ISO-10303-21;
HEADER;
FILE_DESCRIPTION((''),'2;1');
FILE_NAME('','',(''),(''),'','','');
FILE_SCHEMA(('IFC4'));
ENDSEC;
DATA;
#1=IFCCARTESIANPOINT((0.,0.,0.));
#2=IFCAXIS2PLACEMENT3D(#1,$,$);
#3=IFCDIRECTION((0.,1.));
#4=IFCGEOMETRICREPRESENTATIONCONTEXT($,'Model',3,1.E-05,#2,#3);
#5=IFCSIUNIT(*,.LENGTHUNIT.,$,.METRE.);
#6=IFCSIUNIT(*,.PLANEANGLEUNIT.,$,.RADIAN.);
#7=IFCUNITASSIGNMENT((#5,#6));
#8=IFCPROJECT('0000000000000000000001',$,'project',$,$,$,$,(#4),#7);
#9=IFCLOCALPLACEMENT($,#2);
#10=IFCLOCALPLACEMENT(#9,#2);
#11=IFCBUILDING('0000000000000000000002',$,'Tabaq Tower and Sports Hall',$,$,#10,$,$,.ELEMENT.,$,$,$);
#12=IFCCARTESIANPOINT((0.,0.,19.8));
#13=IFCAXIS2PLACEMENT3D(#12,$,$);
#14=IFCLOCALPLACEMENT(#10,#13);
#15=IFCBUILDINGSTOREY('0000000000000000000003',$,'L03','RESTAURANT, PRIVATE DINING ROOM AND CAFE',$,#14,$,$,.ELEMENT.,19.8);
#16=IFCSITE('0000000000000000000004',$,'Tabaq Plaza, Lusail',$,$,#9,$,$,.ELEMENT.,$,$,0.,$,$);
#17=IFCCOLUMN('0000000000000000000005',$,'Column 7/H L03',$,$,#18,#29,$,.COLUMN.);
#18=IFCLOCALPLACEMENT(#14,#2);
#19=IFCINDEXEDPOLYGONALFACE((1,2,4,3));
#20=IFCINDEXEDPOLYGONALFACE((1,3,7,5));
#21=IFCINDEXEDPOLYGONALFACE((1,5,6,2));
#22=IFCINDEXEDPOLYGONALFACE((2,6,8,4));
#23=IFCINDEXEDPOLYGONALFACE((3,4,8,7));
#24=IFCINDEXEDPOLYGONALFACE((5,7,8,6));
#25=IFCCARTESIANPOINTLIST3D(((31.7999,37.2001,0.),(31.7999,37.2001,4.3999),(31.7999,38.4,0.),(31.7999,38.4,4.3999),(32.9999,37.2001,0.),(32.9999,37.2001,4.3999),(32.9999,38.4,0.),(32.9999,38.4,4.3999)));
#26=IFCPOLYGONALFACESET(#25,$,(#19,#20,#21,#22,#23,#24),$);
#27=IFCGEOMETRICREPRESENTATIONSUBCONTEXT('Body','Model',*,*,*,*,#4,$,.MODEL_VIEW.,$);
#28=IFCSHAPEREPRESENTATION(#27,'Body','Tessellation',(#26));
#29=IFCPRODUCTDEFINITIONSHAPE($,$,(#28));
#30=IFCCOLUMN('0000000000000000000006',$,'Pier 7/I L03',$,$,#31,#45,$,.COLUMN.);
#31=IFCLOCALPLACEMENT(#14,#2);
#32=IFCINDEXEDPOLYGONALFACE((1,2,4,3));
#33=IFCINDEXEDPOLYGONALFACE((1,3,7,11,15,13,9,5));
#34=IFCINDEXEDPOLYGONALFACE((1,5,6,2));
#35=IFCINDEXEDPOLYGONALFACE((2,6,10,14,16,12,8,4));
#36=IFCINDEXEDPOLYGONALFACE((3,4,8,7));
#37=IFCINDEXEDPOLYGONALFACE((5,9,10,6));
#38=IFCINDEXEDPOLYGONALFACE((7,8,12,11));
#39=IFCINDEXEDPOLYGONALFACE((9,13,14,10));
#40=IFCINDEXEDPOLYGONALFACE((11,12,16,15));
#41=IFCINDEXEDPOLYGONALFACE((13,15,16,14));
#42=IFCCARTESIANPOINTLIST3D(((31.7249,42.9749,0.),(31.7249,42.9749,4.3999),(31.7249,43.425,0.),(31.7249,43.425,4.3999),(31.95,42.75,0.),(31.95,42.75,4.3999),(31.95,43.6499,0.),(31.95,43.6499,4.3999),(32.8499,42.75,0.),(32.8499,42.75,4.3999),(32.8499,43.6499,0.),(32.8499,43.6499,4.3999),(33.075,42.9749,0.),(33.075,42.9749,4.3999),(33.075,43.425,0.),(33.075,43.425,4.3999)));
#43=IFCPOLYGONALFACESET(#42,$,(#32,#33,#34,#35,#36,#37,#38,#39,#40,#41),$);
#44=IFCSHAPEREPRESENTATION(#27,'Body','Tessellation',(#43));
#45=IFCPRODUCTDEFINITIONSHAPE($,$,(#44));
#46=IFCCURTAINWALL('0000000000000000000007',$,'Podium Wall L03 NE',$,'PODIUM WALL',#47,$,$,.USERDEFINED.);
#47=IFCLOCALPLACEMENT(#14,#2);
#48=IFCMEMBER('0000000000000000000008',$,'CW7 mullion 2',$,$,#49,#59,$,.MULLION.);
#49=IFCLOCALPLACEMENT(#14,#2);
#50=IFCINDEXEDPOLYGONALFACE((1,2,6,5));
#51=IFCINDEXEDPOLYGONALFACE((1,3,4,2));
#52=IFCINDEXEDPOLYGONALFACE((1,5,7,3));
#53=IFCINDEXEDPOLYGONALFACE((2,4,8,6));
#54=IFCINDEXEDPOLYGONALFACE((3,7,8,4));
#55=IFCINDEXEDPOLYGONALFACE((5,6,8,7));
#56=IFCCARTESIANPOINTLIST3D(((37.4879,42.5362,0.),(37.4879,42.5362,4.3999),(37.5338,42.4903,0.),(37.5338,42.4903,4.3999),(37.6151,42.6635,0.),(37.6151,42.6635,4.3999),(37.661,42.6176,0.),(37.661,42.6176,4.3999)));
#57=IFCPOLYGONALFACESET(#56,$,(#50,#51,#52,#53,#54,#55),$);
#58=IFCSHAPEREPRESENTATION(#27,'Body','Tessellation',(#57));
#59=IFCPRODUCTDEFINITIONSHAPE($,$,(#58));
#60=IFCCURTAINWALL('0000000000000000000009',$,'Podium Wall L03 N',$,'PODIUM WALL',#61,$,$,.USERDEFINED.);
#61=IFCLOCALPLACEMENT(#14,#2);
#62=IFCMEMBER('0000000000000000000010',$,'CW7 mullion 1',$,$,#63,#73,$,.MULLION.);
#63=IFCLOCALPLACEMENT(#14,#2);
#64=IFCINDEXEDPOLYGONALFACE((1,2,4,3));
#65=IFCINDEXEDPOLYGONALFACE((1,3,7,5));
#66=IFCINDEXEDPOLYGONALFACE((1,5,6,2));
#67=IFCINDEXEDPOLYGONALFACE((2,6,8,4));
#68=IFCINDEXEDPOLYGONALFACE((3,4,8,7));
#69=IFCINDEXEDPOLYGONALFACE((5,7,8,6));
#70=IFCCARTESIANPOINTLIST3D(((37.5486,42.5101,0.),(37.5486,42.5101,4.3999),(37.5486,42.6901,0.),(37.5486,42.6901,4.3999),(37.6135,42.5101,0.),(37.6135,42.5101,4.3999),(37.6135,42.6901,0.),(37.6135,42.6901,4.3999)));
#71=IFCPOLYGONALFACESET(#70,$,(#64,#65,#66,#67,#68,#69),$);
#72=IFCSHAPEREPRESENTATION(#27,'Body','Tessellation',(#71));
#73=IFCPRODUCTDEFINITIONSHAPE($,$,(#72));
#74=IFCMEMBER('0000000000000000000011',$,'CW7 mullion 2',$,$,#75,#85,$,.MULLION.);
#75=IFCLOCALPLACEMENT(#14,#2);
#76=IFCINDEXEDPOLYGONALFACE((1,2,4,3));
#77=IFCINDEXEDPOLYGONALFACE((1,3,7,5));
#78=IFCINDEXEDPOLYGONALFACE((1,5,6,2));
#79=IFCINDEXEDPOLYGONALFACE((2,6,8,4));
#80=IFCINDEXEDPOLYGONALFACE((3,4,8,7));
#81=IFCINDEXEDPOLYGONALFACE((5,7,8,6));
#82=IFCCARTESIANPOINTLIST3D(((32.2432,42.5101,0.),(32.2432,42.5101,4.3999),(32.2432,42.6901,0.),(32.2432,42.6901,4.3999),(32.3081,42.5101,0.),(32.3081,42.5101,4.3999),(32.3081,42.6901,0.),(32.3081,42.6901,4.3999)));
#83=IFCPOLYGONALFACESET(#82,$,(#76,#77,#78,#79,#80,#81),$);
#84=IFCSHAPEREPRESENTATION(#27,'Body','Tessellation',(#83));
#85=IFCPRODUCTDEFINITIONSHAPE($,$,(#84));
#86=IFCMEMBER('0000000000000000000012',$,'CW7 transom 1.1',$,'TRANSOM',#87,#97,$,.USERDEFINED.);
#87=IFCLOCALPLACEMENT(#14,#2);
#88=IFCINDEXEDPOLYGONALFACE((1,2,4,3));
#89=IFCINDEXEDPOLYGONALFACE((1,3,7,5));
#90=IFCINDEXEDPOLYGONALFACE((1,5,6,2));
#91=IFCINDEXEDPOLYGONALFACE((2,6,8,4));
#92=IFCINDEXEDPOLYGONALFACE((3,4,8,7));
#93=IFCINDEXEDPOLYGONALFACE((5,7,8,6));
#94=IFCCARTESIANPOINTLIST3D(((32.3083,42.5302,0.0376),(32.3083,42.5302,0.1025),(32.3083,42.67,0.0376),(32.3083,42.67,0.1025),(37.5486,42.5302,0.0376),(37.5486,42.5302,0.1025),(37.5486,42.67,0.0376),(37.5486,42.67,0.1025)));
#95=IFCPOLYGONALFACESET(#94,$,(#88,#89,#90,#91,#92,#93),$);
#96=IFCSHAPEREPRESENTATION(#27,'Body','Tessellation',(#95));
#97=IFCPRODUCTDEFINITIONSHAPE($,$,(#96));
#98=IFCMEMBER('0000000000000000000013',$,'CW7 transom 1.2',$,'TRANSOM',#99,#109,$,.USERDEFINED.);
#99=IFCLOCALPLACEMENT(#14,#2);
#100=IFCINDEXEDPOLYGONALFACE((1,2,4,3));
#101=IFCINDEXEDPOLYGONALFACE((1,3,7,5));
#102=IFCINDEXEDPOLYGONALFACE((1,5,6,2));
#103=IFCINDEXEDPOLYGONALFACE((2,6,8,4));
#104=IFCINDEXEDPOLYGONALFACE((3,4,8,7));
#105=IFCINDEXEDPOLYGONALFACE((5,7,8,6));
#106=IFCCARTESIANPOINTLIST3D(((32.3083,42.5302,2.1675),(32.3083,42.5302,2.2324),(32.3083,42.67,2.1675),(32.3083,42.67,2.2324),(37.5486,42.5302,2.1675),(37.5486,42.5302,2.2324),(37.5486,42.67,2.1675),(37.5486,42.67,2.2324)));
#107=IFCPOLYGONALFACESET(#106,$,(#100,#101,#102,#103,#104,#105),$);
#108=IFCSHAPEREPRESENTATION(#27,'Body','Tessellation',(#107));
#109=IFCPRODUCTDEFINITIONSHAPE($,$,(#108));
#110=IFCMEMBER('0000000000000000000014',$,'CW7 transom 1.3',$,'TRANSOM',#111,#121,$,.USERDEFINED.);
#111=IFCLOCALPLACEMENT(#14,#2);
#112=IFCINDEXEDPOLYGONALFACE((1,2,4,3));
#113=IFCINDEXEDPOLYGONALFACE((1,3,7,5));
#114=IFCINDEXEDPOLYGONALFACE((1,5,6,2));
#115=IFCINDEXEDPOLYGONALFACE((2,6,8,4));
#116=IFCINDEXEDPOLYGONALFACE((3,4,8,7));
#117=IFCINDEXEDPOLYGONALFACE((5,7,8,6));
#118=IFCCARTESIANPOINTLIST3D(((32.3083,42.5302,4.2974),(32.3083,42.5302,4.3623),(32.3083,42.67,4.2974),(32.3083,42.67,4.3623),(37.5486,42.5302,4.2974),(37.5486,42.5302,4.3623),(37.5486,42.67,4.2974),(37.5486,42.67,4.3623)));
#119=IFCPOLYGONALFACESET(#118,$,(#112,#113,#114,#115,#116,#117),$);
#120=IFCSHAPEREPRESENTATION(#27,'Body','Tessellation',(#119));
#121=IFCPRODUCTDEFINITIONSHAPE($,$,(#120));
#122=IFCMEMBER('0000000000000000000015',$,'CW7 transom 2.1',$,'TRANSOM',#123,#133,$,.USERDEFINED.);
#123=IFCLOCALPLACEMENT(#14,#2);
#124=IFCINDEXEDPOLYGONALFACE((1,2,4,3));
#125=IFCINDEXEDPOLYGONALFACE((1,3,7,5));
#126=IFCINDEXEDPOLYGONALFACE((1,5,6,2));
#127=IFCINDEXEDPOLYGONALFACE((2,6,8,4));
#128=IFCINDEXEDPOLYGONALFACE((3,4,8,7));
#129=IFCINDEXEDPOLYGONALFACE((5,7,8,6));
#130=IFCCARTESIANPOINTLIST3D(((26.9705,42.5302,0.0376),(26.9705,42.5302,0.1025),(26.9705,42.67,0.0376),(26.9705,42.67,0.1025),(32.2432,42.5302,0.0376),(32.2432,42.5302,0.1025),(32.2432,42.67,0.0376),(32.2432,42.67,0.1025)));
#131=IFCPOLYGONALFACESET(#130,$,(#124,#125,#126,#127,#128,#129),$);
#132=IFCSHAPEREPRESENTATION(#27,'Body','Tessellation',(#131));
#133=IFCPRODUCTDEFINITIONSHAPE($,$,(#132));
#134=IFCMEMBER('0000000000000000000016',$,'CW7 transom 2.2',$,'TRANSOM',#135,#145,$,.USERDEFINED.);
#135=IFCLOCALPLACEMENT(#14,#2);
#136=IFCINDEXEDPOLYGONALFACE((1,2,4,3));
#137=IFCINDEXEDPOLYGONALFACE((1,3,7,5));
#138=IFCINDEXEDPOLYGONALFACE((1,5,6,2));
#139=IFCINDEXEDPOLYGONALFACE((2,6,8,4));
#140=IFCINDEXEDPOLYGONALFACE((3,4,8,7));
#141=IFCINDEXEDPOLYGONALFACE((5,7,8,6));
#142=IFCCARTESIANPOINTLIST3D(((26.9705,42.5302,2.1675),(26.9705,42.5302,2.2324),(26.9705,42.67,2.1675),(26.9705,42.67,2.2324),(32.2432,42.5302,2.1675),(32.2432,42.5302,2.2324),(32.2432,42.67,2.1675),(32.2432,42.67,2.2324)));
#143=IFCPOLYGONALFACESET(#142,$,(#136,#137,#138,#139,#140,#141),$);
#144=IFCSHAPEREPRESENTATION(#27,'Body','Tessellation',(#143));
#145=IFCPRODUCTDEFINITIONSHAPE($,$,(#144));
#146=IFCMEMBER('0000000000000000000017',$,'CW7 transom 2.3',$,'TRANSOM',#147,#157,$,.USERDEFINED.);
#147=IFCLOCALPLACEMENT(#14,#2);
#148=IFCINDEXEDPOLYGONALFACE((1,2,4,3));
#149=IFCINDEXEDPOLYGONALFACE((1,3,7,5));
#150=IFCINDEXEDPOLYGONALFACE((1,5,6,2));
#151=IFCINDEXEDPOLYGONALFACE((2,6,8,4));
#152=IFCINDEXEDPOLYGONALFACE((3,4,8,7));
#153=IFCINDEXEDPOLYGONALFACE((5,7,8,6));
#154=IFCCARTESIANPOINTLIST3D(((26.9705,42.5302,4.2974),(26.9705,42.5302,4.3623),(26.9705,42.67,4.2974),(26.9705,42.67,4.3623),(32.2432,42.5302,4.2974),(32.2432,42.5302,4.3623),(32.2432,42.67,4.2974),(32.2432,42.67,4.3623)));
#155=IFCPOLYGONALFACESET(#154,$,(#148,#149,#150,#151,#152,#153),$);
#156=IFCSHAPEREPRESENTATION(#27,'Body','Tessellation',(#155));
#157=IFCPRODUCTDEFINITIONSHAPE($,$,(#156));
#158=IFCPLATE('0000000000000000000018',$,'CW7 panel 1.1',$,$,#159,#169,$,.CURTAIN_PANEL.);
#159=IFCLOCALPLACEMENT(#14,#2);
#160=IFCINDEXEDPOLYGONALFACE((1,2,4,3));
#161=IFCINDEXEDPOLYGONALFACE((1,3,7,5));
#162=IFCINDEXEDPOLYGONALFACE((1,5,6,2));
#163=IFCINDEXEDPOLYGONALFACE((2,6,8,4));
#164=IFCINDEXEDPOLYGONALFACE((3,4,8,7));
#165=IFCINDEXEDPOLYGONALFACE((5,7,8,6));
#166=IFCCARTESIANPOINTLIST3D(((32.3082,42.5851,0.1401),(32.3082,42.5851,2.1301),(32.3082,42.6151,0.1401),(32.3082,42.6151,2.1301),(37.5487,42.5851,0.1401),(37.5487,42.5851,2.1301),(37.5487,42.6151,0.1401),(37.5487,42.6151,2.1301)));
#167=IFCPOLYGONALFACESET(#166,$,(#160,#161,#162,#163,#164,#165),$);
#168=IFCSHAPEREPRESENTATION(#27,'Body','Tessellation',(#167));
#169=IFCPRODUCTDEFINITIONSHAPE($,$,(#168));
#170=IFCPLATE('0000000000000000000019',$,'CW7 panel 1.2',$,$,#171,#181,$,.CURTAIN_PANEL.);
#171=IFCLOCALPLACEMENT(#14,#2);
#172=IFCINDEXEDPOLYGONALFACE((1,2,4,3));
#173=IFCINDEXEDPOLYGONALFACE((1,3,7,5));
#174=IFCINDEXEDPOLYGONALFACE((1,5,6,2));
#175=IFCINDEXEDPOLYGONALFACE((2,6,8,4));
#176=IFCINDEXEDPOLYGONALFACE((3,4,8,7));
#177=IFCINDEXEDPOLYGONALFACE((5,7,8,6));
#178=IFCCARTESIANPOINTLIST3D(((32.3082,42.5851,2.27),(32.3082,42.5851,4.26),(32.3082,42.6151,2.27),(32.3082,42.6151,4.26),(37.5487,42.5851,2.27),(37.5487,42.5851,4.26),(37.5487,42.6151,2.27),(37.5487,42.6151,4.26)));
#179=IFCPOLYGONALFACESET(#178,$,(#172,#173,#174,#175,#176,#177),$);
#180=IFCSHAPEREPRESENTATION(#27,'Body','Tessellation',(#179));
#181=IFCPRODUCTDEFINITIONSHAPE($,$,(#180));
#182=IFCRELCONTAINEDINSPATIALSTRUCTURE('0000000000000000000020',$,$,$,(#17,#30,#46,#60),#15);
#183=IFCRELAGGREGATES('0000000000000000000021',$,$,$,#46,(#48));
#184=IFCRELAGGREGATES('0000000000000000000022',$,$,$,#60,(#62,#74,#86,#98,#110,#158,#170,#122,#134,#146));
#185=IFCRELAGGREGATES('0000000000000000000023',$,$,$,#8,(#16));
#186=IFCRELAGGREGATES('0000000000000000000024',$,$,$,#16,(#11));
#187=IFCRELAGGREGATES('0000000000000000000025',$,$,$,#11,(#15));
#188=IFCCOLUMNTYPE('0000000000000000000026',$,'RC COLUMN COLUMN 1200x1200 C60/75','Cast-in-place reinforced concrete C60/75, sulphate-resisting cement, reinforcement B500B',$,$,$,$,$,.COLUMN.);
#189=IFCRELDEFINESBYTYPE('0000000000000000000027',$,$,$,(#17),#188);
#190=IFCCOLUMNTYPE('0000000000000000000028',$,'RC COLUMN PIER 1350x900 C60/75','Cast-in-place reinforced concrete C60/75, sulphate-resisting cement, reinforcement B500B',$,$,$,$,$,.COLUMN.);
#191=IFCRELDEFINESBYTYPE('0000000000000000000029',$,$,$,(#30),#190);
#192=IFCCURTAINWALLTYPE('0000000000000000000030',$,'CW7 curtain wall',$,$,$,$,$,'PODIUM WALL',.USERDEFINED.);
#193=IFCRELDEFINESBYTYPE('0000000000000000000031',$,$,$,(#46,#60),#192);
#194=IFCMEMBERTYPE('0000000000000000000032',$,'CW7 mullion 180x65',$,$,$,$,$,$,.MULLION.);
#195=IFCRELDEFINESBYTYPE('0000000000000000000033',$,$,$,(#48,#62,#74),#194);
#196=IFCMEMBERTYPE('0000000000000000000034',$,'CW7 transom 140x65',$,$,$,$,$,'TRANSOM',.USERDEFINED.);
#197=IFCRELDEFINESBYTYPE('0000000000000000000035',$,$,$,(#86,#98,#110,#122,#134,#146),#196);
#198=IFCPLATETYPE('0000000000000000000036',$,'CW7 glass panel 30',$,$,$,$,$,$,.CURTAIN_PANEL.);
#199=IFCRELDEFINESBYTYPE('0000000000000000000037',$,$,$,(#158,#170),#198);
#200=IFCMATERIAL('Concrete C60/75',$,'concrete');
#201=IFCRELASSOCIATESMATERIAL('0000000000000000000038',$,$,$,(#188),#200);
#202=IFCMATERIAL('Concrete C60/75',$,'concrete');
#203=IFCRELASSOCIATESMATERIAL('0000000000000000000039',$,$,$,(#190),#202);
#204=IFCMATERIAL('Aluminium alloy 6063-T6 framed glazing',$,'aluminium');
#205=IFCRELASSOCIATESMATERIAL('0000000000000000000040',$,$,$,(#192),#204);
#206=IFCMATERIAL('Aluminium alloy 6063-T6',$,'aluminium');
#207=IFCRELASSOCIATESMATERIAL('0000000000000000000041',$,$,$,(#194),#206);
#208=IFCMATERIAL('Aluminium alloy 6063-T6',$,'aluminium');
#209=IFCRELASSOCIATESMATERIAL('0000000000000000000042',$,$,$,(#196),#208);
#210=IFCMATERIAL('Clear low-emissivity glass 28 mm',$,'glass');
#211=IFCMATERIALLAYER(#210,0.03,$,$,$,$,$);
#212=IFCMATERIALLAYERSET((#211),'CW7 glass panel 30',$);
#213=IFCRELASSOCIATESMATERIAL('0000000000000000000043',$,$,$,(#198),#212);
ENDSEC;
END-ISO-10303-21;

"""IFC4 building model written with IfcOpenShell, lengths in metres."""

from ifc_helpers import new_model, si_unit, direction, frame, origin, origin_2d, place, context, subcontext, project, spatial, polyline, rectangle, outline, extrude, material, layer, layer_set, material_profile, profile_set, type_object, element, aggregate, save


model = new_model("IFC4")

# Units and contexts
model_context = context("Model", 3, precision=1e-05, world=origin(), true_north=direction((0.0, 1.0)))
body_context = subcontext(model_context, "Body", "Model", "MODEL_VIEW")
ifc_project = project(units=[si_unit("LENGTHUNIT", "METRE"), si_unit("PLANEANGLEUNIT", "RADIAN")], contexts=[model_context])

# Site, building, storey
site_placement = place(None, origin())
site = spatial("IfcSite", under=ifc_project, at=site_placement, Name="Tabaq Plaza, Lusail", CompositionType="ELEMENT", RefElevation=0.0)
building_placement = place(site_placement, origin())
building = spatial("IfcBuilding", under=site, at=building_placement, Name="Tabaq Tower and Sports Hall", CompositionType="ELEMENT")
storey_placement = place(building_placement, frame((0.0, 0.0, 19.8)))
storey = spatial("IfcBuildingStorey", under=building, at=storey_placement, Name="L03", Description="RESTAURANT, PRIVATE DINING ROOM AND CAFE", CompositionType="ELEMENT", Elevation=19.8)

# Columns
ifc_material_1 = material(Name="Concrete C60/75", Category="concrete")
ifc_material_profile_1 = material_profile(ifc_material_1, rectangle(XDim=1.2, YDim=1.2, at=origin_2d()), Name="COLUMN 1200x1200")
ifc_profile_set_1 = profile_set([ifc_material_profile_1], Name="Concrete C60/75")
column_type_1 = type_object("IfcColumnType", Name="RC COLUMN COLUMN 1200x1200 C60/75", Description="Cast-in-place reinforced concrete C60/75, sulphate-resisting cement, reinforcement B500B", PredefinedType="COLUMN", material=ifc_profile_set_1)
column_1_placement = place(storey_placement, frame((32.3999, 37.8, 0.0), z_axis=(0.0, 0.0, 1.0), x_axis=(1.0, 0.0, 0.0)))
element("IfcColumn", 1, at=column_1_placement, inside=storey, type_object=column_type_1, Name="Column 7/H L03", PredefinedType="COLUMN", context=body_context, shape_type="SweptSolid", body=[
    extrude(rectangle(XDim=1.2, YDim=1.2, at=origin_2d()), origin(), (0.0, 0.0, 1.0), 4.3999),
])
ifc_material_2 = material(Name="Concrete C60/75", Category="concrete")
ifc_material_profile_2 = material_profile(ifc_material_2, outline(polyline([(-0.45, -0.45), (0.45, -0.45), (0.675, -0.2251), (0.675, 0.2251), (0.45, 0.45), (-0.45, 0.45), (-0.675, 0.2251), (-0.675, -0.2251), (-0.45, -0.45)])), Name="PIER 1350x900")
ifc_profile_set_2 = profile_set([ifc_material_profile_2], Name="Concrete C60/75")
column_type_2 = type_object("IfcColumnType", Name="RC COLUMN PIER 1350x900 C60/75", Description="Cast-in-place reinforced concrete C60/75, sulphate-resisting cement, reinforcement B500B", PredefinedType="COLUMN", material=ifc_profile_set_2)
column_2_placement = place(storey_placement, frame((32.3999, 43.2, 0.0), z_axis=(0.0, 0.0, 1.0), x_axis=(1.0, 0.0, 0.0)))
element("IfcColumn", 2, at=column_2_placement, inside=storey, type_object=column_type_2, Name="Pier 7/I L03", PredefinedType="COLUMN", context=body_context, shape_type="SweptSolid", body=[
    extrude(outline(polyline([(-0.45, -0.45), (0.45, -0.45), (0.675, -0.2251), (0.675, 0.2251), (0.45, 0.45), (-0.45, 0.45), (-0.675, 0.2251), (-0.675, -0.2251), (-0.45, -0.45)])), origin(), (0.0, 0.0, 1.0), 4.3999),
])

# Curtain wall, member
ifc_material_3 = material(Name="Aluminium alloy 6063-T6 framed glazing", Category="aluminium")
curtain_wall_type = type_object("IfcCurtainWallType", Name="CW7 curtain wall", ElementType="PODIUM WALL", PredefinedType="USERDEFINED", material=ifc_material_3)
curtain_wall_1_placement = place(storey_placement, origin())
curtain_wall_1 = element("IfcCurtainWall", 3, at=curtain_wall_1_placement, inside=storey, type_object=curtain_wall_type, Name="Podium Wall L03 NE", ObjectType="PODIUM WALL", PredefinedType="USERDEFINED")
ifc_material_4 = material(Name="Aluminium alloy 6063-T6", Category="aluminium")
ifc_material_profile_3 = material_profile(ifc_material_4, rectangle(XDim=0.1799, YDim=0.0649, at=origin_2d()), Name="MULLION 180x65")
ifc_profile_set_3 = profile_set([ifc_material_profile_3], Name="Aluminium alloy 6063-T6")
member_type_1 = type_object("IfcMemberType", Name="CW7 mullion 180x65", PredefinedType="MULLION", material=ifc_profile_set_3)
member_1_placement = place(storey_placement, frame((37.5745, 42.5769, 0.0), z_axis=(0.0, 0.0, 1.0), x_axis=(-0.707107, -0.707107, 0.0)))
member_1 = element("IfcMember", 4, at=member_1_placement, type_object=member_type_1, Name="CW7 mullion 2", PredefinedType="MULLION", context=body_context, shape_type="SweptSolid", body=[
    extrude(rectangle(XDim=0.1799, YDim=0.0649, at=origin_2d()), origin(), (0.0, 0.0, 1.0), 4.3999),
])
aggregate(curtain_wall_1, [member_1])

# Curtain wall, members, plates
curtain_wall_2_placement = place(storey_placement, origin())
curtain_wall_2 = element("IfcCurtainWall", 5, at=curtain_wall_2_placement, inside=storey, type_object=curtain_wall_type, Name="Podium Wall L03 N", ObjectType="PODIUM WALL", PredefinedType="USERDEFINED")
member_2_placement = place(storey_placement, frame((37.5811, 42.6001, 0.0), z_axis=(0.0, 0.0, 1.0), x_axis=(0.0, -1.0, 0.0)))
member_2 = element("IfcMember", 6, at=member_2_placement, type_object=member_type_1, Name="CW7 mullion 1", PredefinedType="MULLION", context=body_context, shape_type="SweptSolid", body=[
    extrude(rectangle(XDim=0.1799, YDim=0.0649, at=origin_2d()), origin(), (0.0, 0.0, 1.0), 4.3999),
])
member_3_placement = place(storey_placement, frame((32.2756, 42.6001, 0.0), z_axis=(0.0, 0.0, 1.0), x_axis=(0.0, -1.0, 0.0)))
member_3 = element("IfcMember", 7, at=member_3_placement, type_object=member_type_1, Name="CW7 mullion 2", PredefinedType="MULLION", context=body_context, shape_type="SweptSolid", body=[
    extrude(rectangle(XDim=0.1799, YDim=0.0649, at=origin_2d()), origin(), (0.0, 0.0, 1.0), 4.3999),
])
ifc_material_5 = material(Name="Aluminium alloy 6063-T6", Category="aluminium")
ifc_material_profile_4 = material_profile(ifc_material_5, rectangle(XDim=0.1399, YDim=0.0649, at=origin_2d()), Name="TRANSOM 140x65")
ifc_profile_set_4 = profile_set([ifc_material_profile_4], Name="Aluminium alloy 6063-T6")
member_type_2 = type_object("IfcMemberType", Name="CW7 transom 140x65", ElementType="TRANSOM", PredefinedType="USERDEFINED", material=ifc_profile_set_4)
member_4_placement = place(storey_placement, frame((37.5486, 42.6001, 0.0701), z_axis=(-1.0, 0.0, 0.0), x_axis=(0.0, -1.0, 0.0)))
member_4 = element("IfcMember", 8, at=member_4_placement, type_object=member_type_2, Name="CW7 transom 1.1", ObjectType="TRANSOM", PredefinedType="USERDEFINED", context=body_context, shape_type="SweptSolid", body=[
    extrude(rectangle(XDim=0.1399, YDim=0.0649, at=origin_2d()), origin(), (0.0, 0.0, 1.0), 5.2402),
])
member_5_placement = place(storey_placement, frame((37.5486, 42.6001, 2.2), z_axis=(-1.0, 0.0, 0.0), x_axis=(0.0, -1.0, 0.0)))
member_5 = element("IfcMember", 9, at=member_5_placement, type_object=member_type_2, Name="CW7 transom 1.2", ObjectType="TRANSOM", PredefinedType="USERDEFINED", context=body_context, shape_type="SweptSolid", body=[
    extrude(rectangle(XDim=0.1399, YDim=0.0649, at=origin_2d()), origin(), (0.0, 0.0, 1.0), 5.2402),
])
member_6_placement = place(storey_placement, frame((37.5486, 42.6001, 4.3298), z_axis=(-1.0, 0.0, 0.0), x_axis=(0.0, -1.0, 0.0)))
member_6 = element("IfcMember", 10, at=member_6_placement, type_object=member_type_2, Name="CW7 transom 1.3", ObjectType="TRANSOM", PredefinedType="USERDEFINED", context=body_context, shape_type="SweptSolid", body=[
    extrude(rectangle(XDim=0.1399, YDim=0.0649, at=origin_2d()), origin(), (0.0, 0.0, 1.0), 5.2402),
])
member_7_placement = place(storey_placement, frame((32.2432, 42.6001, 0.0701), z_axis=(-1.0, 0.0, 0.0), x_axis=(0.0, -1.0, 0.0)))
member_7 = element("IfcMember", 11, at=member_7_placement, type_object=member_type_2, Name="CW7 transom 2.1", ObjectType="TRANSOM", PredefinedType="USERDEFINED", context=body_context, shape_type="SweptSolid", body=[
    extrude(rectangle(XDim=0.1399, YDim=0.0649, at=origin_2d()), origin(), (0.0, 0.0, 1.0), 5.2727),
])
member_8_placement = place(storey_placement, frame((32.2432, 42.6001, 2.2), z_axis=(-1.0, 0.0, 0.0), x_axis=(0.0, -1.0, 0.0)))
member_8 = element("IfcMember", 12, at=member_8_placement, type_object=member_type_2, Name="CW7 transom 2.2", ObjectType="TRANSOM", PredefinedType="USERDEFINED", context=body_context, shape_type="SweptSolid", body=[
    extrude(rectangle(XDim=0.1399, YDim=0.0649, at=origin_2d()), origin(), (0.0, 0.0, 1.0), 5.2727),
])
member_9_placement = place(storey_placement, frame((32.2432, 42.6001, 4.3298), z_axis=(-1.0, 0.0, 0.0), x_axis=(0.0, -1.0, 0.0)))
member_9 = element("IfcMember", 13, at=member_9_placement, type_object=member_type_2, Name="CW7 transom 2.3", ObjectType="TRANSOM", PredefinedType="USERDEFINED", context=body_context, shape_type="SweptSolid", body=[
    extrude(rectangle(XDim=0.1399, YDim=0.0649, at=origin_2d()), origin(), (0.0, 0.0, 1.0), 5.2727),
])
ifc_material_6 = material(Name="Clear low-emissivity glass 28 mm", Category="glass")
ifc_layer_1 = layer(ifc_material_6, 0.03)
ifc_layer_set_1 = layer_set([ifc_layer_1], Name="CW7 glass panel 30")
plate_type = type_object("IfcPlateType", Name="CW7 glass panel 30", PredefinedType="CURTAIN_PANEL", material=ifc_layer_set_1)
plate_1_placement = place(storey_placement, frame((34.9285, 42.6001, 0.1401), z_axis=(0.0, 0.0, 1.0), x_axis=(-1.0, 0.0, 0.0)))
plate_1 = element("IfcPlate", 14, at=plate_1_placement, type_object=plate_type, Name="CW7 panel 1.1", PredefinedType="CURTAIN_PANEL", context=body_context, shape_type="SweptSolid", body=[
    extrude(rectangle(XDim=5.2405, YDim=0.03, at=origin_2d()), origin(), (0.0, 0.0, 1.0), 1.99),
])
plate_2_placement = place(storey_placement, frame((34.9285, 42.6001, 2.27), z_axis=(0.0, 0.0, 1.0), x_axis=(-1.0, 0.0, 0.0)))
plate_2 = element("IfcPlate", 15, at=plate_2_placement, type_object=plate_type, Name="CW7 panel 1.2", PredefinedType="CURTAIN_PANEL", context=body_context, shape_type="SweptSolid", body=[
    extrude(rectangle(XDim=5.2405, YDim=0.03, at=origin_2d()), origin(), (0.0, 0.0, 1.0), 1.99),
])
aggregate(curtain_wall_2, [member_2, member_3, member_4, member_5, member_6, plate_1, plate_2, member_7, member_8, member_9])

save(model, "model.ifc")
